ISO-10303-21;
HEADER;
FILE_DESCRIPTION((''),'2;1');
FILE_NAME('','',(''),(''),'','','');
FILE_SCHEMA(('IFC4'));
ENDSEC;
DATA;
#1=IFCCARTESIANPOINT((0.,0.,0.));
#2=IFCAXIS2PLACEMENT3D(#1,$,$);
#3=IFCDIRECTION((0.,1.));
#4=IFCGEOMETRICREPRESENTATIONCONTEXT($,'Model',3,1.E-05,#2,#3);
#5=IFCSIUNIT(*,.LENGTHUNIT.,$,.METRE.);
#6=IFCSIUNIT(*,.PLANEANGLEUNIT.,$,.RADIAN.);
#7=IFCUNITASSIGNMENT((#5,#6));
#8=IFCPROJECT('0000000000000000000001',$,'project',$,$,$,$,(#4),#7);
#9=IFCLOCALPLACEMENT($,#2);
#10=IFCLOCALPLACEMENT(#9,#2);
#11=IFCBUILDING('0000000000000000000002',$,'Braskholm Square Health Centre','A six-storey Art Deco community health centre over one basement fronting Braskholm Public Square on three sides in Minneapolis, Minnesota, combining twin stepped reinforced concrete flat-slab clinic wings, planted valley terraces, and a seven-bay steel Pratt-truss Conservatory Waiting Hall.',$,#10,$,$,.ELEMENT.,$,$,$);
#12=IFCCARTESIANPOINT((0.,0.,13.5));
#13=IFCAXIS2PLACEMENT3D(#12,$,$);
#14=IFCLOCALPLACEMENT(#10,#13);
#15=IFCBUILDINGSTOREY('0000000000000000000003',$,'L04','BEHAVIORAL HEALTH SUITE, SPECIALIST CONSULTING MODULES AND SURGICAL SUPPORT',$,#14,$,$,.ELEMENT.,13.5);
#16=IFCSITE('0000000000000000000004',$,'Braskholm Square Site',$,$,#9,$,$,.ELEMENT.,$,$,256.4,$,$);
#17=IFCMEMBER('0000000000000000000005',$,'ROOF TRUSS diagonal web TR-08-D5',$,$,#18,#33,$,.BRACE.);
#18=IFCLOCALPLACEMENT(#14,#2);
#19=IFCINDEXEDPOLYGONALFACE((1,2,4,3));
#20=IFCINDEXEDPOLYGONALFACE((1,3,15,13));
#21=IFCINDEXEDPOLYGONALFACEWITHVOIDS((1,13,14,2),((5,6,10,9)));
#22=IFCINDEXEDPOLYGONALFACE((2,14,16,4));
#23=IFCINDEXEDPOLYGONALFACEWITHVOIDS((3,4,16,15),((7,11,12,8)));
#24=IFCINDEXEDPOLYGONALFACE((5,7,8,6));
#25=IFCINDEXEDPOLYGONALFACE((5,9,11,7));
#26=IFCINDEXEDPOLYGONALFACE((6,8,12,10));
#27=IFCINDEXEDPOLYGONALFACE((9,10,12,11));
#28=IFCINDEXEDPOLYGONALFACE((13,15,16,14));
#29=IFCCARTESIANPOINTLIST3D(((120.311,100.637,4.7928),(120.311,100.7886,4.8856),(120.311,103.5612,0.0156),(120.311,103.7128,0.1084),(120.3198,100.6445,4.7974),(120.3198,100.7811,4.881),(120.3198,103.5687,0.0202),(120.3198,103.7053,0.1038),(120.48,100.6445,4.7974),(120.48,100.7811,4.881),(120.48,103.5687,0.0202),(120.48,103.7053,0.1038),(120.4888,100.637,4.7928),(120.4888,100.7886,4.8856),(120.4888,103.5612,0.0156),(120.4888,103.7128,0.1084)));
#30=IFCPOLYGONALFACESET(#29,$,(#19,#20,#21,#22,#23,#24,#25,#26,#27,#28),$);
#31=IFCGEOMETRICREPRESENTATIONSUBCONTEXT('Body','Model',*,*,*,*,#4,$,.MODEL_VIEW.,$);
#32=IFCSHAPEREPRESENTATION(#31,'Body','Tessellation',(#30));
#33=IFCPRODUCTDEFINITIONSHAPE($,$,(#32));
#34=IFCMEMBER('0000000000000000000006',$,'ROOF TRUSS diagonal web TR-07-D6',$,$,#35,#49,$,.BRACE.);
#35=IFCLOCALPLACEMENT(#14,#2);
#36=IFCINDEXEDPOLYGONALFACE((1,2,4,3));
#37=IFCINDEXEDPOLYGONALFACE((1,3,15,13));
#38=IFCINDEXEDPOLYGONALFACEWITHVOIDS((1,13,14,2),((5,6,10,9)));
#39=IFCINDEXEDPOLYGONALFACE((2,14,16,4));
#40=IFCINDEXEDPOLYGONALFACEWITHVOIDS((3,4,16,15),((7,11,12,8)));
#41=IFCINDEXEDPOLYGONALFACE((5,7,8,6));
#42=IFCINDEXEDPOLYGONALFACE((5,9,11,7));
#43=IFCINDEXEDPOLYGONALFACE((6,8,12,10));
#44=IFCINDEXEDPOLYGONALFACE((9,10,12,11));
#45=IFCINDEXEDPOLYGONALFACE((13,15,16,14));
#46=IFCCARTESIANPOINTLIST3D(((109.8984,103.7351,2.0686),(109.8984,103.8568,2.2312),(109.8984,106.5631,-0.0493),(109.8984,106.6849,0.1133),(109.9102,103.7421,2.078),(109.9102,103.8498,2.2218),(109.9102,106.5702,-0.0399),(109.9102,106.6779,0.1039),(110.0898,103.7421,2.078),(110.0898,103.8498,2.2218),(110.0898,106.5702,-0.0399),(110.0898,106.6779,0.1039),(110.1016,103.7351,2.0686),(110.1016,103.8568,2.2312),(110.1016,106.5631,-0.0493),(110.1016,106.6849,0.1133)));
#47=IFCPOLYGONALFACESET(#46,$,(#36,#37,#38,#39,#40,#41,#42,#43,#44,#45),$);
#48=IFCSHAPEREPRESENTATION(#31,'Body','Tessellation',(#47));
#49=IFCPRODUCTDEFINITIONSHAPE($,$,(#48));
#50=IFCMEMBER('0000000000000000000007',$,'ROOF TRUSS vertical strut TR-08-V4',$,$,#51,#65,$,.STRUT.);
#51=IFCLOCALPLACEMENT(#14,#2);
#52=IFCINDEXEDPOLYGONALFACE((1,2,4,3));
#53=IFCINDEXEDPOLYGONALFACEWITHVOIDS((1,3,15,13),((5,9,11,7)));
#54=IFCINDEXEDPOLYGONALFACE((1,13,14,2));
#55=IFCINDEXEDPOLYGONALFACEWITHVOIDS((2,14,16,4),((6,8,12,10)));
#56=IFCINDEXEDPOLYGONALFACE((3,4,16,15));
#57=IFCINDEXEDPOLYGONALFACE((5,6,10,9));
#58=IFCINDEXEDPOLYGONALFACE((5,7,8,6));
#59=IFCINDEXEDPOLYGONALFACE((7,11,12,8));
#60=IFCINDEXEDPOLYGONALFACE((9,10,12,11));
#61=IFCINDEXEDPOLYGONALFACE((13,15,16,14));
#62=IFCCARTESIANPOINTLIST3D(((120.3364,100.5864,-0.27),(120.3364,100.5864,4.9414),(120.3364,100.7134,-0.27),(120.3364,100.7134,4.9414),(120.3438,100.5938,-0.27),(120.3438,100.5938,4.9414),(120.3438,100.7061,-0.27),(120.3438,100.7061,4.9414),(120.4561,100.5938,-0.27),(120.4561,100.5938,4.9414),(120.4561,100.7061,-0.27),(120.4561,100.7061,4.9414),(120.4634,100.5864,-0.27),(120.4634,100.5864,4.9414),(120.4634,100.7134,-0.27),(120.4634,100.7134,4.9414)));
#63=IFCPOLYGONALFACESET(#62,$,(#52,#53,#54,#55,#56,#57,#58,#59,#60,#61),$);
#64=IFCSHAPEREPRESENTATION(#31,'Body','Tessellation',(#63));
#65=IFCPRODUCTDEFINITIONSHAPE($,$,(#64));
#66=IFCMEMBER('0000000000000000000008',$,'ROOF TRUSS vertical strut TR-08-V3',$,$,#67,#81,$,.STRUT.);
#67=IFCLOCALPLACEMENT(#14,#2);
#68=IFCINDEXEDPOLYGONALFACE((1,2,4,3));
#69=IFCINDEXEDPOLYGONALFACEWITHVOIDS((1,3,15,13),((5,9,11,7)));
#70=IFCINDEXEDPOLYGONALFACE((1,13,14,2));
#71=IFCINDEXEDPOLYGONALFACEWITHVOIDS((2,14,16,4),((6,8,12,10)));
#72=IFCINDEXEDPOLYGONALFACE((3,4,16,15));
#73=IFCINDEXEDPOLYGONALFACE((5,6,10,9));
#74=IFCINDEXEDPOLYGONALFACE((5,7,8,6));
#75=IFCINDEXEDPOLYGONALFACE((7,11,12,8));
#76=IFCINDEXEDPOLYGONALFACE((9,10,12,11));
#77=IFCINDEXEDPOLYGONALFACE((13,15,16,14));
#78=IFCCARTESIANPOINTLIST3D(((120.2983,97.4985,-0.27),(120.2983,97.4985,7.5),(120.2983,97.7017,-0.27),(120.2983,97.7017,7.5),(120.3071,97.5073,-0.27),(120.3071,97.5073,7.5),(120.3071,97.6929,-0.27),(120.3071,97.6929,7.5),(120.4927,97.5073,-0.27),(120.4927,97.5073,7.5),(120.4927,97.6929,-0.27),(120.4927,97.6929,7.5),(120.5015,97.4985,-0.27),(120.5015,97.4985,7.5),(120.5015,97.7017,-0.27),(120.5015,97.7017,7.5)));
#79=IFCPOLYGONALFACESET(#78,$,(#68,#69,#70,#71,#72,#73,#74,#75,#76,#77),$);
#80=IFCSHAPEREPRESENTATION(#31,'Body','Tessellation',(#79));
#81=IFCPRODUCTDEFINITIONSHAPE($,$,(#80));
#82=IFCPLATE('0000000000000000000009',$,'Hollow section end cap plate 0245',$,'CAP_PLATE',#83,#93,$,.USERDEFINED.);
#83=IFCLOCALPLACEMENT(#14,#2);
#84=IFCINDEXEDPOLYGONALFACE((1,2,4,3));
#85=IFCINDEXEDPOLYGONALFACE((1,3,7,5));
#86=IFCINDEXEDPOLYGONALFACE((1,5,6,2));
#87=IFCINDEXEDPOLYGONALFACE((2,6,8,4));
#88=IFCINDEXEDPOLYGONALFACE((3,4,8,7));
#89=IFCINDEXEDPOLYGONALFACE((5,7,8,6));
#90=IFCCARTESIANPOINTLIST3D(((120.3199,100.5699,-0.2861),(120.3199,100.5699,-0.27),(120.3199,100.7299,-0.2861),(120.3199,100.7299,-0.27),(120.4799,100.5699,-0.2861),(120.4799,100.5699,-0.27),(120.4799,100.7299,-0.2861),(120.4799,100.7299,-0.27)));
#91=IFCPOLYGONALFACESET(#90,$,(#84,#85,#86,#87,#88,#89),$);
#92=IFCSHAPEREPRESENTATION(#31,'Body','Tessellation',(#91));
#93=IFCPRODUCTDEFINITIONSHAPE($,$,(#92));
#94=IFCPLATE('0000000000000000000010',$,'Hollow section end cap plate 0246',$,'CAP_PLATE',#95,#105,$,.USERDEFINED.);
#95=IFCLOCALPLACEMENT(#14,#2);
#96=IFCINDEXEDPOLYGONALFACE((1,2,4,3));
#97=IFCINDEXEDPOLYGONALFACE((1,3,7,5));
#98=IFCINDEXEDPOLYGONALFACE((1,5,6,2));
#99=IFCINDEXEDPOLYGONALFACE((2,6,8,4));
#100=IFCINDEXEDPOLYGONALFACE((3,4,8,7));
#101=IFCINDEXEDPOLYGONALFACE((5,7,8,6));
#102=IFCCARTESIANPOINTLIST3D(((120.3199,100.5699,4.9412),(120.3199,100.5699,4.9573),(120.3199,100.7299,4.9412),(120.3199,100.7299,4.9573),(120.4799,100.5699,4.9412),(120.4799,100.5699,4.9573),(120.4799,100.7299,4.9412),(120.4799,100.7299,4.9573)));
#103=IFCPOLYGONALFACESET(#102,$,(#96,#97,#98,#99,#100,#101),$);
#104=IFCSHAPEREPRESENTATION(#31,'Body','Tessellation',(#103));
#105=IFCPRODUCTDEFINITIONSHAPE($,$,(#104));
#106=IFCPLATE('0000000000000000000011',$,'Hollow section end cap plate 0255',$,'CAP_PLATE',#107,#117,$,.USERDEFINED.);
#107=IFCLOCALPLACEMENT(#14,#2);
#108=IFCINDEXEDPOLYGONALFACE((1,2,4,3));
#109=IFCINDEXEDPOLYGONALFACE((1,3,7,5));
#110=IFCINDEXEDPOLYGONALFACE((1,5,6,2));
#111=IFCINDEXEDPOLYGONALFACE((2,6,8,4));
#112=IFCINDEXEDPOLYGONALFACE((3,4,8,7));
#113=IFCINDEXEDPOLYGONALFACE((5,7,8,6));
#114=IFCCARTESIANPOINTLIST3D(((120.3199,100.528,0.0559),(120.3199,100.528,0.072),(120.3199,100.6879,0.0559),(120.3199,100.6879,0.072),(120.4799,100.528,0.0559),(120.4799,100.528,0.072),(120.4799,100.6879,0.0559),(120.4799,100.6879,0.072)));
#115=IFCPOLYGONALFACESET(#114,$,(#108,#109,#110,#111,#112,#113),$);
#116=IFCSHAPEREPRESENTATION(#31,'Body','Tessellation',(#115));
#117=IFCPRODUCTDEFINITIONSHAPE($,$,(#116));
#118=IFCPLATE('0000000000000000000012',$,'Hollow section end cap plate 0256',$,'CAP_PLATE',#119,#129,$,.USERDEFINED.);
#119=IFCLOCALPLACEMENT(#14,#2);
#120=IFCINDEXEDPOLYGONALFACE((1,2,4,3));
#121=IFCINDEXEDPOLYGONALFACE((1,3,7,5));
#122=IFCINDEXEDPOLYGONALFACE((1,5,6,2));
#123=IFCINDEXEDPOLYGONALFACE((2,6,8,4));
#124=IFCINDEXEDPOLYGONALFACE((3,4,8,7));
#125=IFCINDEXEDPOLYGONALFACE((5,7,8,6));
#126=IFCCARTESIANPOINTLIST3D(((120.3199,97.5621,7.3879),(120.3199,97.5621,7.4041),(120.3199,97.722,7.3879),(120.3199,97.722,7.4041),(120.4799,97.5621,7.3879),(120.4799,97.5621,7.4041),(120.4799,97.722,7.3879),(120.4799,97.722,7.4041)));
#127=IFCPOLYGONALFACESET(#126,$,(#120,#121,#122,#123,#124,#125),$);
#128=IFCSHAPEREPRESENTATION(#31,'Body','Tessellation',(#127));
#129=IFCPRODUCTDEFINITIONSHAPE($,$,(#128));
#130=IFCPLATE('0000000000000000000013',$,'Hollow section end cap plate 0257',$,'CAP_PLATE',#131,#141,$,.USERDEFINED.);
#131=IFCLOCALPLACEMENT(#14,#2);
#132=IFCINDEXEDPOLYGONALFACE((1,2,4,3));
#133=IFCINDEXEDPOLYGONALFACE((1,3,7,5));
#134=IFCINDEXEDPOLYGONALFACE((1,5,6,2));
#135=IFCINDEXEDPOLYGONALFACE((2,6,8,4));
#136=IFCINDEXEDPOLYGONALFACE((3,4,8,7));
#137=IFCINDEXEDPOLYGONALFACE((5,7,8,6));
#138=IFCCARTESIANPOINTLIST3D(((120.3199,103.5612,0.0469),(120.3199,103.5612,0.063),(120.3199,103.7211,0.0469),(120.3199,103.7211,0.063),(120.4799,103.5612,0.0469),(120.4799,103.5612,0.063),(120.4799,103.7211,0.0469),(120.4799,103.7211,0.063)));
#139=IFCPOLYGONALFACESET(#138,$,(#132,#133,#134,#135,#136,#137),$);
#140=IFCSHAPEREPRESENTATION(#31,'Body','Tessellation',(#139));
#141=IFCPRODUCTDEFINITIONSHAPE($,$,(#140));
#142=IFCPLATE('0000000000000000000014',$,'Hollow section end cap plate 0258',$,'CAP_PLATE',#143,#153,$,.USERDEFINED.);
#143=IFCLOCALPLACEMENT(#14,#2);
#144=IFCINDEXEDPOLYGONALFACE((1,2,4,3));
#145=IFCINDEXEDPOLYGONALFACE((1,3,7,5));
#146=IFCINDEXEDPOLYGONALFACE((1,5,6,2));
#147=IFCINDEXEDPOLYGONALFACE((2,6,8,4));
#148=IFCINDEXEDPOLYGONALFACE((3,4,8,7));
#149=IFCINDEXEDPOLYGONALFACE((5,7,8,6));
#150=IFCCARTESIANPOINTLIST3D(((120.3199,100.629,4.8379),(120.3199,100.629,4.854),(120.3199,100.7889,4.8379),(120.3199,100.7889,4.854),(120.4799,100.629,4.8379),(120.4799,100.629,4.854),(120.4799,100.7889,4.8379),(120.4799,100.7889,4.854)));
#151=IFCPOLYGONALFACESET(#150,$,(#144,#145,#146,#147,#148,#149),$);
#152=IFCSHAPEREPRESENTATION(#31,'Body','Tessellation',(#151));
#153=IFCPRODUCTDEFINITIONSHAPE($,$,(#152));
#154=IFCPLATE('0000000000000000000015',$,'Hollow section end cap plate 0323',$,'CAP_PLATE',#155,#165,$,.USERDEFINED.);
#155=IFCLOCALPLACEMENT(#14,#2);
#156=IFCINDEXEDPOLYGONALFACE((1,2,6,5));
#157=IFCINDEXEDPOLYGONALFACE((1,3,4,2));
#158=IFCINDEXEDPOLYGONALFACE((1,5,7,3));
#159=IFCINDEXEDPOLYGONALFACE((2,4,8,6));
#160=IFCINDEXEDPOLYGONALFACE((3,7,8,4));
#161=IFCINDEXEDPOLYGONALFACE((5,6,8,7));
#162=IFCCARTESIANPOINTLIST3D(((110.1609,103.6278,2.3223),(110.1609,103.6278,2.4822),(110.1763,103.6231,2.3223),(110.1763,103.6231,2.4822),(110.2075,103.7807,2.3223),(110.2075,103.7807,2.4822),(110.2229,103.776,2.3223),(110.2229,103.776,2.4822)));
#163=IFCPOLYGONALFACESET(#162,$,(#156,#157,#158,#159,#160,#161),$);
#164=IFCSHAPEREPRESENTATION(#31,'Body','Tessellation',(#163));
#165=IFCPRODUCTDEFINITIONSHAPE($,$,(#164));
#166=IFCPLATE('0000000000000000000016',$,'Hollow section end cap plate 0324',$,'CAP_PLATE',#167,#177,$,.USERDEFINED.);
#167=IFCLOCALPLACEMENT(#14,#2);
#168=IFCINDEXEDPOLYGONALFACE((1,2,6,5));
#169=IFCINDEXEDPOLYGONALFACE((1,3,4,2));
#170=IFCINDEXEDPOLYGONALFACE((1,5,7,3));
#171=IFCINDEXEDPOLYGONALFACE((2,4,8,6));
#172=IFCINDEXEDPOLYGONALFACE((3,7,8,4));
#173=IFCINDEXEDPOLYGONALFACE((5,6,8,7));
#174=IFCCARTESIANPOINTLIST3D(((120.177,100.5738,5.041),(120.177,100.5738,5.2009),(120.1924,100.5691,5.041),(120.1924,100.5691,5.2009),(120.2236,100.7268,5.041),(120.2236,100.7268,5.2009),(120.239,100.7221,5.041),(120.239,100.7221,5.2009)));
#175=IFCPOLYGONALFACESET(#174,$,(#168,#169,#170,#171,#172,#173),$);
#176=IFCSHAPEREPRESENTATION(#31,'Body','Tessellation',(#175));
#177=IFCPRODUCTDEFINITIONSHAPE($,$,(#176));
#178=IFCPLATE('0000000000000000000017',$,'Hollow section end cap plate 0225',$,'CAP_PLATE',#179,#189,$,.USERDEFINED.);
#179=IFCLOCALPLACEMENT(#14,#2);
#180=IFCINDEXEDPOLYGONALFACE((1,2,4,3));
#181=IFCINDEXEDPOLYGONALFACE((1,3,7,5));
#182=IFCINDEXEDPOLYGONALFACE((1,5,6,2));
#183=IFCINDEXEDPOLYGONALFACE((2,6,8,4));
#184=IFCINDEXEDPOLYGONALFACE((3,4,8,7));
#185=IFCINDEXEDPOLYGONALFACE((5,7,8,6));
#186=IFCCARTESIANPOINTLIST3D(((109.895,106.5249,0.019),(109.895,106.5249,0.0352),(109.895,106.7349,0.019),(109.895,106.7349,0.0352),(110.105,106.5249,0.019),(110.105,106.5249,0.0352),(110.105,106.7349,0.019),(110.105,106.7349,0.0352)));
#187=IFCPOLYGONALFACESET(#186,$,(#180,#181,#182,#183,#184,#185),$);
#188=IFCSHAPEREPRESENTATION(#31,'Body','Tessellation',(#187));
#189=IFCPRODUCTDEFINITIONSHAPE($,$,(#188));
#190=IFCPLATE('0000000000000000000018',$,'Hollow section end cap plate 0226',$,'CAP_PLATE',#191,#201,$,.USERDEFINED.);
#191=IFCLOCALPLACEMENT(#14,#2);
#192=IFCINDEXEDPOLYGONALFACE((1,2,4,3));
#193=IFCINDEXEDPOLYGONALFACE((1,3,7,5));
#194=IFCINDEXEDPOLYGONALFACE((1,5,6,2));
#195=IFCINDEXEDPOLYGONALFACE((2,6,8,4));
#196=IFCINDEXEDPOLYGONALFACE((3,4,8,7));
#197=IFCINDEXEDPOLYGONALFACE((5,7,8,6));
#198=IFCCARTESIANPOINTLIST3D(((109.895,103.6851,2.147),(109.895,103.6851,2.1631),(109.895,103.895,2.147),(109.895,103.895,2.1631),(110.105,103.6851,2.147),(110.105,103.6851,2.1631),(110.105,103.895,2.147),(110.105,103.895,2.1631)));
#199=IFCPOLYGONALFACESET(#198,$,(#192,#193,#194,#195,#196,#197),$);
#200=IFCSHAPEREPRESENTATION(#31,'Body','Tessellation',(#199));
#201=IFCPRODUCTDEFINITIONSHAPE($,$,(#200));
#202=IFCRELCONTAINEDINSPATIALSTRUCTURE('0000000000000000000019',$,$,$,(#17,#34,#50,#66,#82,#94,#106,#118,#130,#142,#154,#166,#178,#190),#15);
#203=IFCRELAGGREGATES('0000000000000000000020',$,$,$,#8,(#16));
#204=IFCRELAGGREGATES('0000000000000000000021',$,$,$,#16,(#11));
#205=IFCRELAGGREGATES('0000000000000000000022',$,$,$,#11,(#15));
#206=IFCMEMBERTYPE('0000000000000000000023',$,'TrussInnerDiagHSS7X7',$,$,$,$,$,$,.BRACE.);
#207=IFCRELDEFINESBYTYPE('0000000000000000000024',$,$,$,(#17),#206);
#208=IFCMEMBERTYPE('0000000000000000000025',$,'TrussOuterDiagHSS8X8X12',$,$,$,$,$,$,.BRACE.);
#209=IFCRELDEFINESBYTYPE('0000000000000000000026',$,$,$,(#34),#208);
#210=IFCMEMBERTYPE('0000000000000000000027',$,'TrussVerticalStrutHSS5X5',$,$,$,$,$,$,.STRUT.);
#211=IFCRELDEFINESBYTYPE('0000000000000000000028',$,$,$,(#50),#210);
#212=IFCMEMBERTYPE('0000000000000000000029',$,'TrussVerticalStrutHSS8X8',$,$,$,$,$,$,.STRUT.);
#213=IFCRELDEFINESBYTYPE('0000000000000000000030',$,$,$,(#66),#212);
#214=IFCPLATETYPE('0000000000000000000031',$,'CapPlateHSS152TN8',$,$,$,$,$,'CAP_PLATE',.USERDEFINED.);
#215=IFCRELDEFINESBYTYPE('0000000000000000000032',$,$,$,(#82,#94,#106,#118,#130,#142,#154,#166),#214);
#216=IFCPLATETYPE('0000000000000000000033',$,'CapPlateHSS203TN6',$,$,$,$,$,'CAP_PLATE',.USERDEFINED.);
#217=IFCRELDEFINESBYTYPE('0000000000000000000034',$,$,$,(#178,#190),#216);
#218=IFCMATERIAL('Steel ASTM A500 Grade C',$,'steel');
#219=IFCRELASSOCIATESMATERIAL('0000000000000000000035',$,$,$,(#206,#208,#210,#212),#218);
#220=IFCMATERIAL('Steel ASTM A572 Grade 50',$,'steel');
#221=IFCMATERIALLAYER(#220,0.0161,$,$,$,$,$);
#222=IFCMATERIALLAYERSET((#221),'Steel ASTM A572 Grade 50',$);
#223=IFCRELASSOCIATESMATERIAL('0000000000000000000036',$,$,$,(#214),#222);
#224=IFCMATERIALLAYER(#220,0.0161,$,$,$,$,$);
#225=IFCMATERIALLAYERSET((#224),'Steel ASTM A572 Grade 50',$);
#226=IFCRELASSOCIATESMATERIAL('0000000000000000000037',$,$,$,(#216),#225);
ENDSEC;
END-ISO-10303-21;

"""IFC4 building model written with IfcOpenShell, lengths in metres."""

from ifc_helpers import new_model, si_unit, direction, frame, origin, origin_2d, place, context, subcontext, project, spatial, rectangle, hollow_rectangle, extrude, material, layer, layer_set, material_profile, profile_set, type_object, element, save


model = new_model("IFC4")

# Units and contexts
model_context = context("Model", 3, precision=1e-05, world=origin(), true_north=direction((0.0, 1.0)))
body_context = subcontext(model_context, "Body", "Model", "MODEL_VIEW")
ifc_project = project(units=[si_unit("LENGTHUNIT", "METRE"), si_unit("PLANEANGLEUNIT", "RADIAN")], contexts=[model_context])

# Site, building, storey
site_placement = place(None, origin())
site = spatial("IfcSite", under=ifc_project, at=site_placement, Name="Braskholm Square Site", CompositionType="ELEMENT", RefElevation=256.4)
building_placement = place(site_placement, origin())
building = spatial("IfcBuilding", under=site, at=building_placement, Name="Braskholm Square Health Centre", Description="A six-storey Art Deco community health centre over one basement fronting Braskholm Public Square on three sides in Minneapolis, Minnesota, combining twin stepped reinforced concrete flat-slab clinic wings, planted valley terraces, and a seven-bay steel Pratt-truss Conservatory Waiting Hall.", CompositionType="ELEMENT")
storey_placement = place(building_placement, frame((0.0, 0.0, 13.5)))
storey = spatial("IfcBuildingStorey", under=building, at=storey_placement, Name="L04", Description="BEHAVIORAL HEALTH SUITE, SPECIALIST CONSULTING MODULES AND SURGICAL SUPPORT", CompositionType="ELEMENT", Elevation=13.5)

# Shared definitions
ifc_material_1 = material(Name="Steel ASTM A500 Grade C", Category="steel")

# Members
ifc_material_profile_1 = material_profile(ifc_material_1, hollow_rectangle(XDim=0.1777, YDim=0.1777, WallThickness=0.0088, at=origin_2d()), Name="HSS7X7X3/8")
ifc_profile_set_1 = profile_set([ifc_material_profile_1], Name="Steel ASTM A500 Grade C")
member_type_1 = type_object("IfcMemberType", Name="TrussInnerDiagHSS7X7", PredefinedType="BRACE", material=ifc_profile_set_1)
member_1_placement = place(storey_placement, frame((120.3999, 103.637, 0.062), z_axis=(0.0, -0.522065, 0.852906), x_axis=(1.0, 0.0, 0.0)))
element("IfcMember", 1, at=member_1_placement, inside=storey, type_object=member_type_1, Name="ROOF TRUSS diagonal web TR-08-D5", PredefinedType="BRACE", context=body_context, shape_type="SweptSolid", body=[
    extrude(hollow_rectangle(XDim=0.1777, YDim=0.1777, WallThickness=0.0088, at=origin_2d()), origin(), (0.0, 0.0, 1.0), 5.6011),
])
ifc_material_profile_2 = material_profile(ifc_material_1, hollow_rectangle(XDim=0.2031, YDim=0.2031, WallThickness=0.0117, at=origin_2d()), Name="HSS8X8X1/2")
ifc_profile_set_2 = profile_set([ifc_material_profile_2], Name="Steel ASTM A500 Grade C")
member_type_2 = type_object("IfcMemberType", Name="TrussOuterDiagHSS8X8X12", PredefinedType="BRACE", material=ifc_profile_set_2)
member_2_placement = place(storey_placement, frame((110.0, 106.624, 0.032), z_axis=(0.0, -0.800431, 0.599425), x_axis=(1.0, 0.0, 0.0)))
element("IfcMember", 2, at=member_2_placement, inside=storey, type_object=member_type_2, Name="ROOF TRUSS diagonal web TR-07-D6", PredefinedType="BRACE", context=body_context, shape_type="SweptSolid", body=[
    extrude(hollow_rectangle(XDim=0.2031, YDim=0.2031, WallThickness=0.0117, at=origin_2d()), origin(), (0.0, 0.0, 1.0), 3.5332),
])
ifc_material_profile_3 = material_profile(ifc_material_1, hollow_rectangle(XDim=0.127, YDim=0.127, WallThickness=0.0073, at=origin_2d()), Name="HSS5X5X5/16")
ifc_profile_set_3 = profile_set([ifc_material_profile_3], Name="Steel ASTM A500 Grade C")
member_type_3 = type_object("IfcMemberType", Name="TrussVerticalStrutHSS5X5", PredefinedType="STRUT", material=ifc_profile_set_3)
member_3_placement = place(storey_placement, frame((120.3999, 100.6499, -0.27), z_axis=(0.0, 0.0, 1.0), x_axis=(1.0, 0.0, 0.0)))
element("IfcMember", 3, at=member_3_placement, inside=storey, type_object=member_type_3, Name="ROOF TRUSS vertical strut TR-08-V4", PredefinedType="STRUT", context=body_context, shape_type="SweptSolid", body=[
    extrude(hollow_rectangle(XDim=0.127, YDim=0.127, WallThickness=0.0073, at=origin_2d()), origin(), (0.0, 0.0, 1.0), 5.2114),
])
ifc_material_profile_4 = material_profile(ifc_material_1, hollow_rectangle(XDim=0.2031, YDim=0.2031, WallThickness=0.0088, at=origin_2d()), Name="HSS8X8X3/8")
ifc_profile_set_4 = profile_set([ifc_material_profile_4], Name="Steel ASTM A500 Grade C")
member_type_4 = type_object("IfcMemberType", Name="TrussVerticalStrutHSS8X8", PredefinedType="STRUT", material=ifc_profile_set_4)
member_4_placement = place(storey_placement, frame((120.3999, 97.6001, -0.27), z_axis=(0.0, 0.0, 1.0), x_axis=(1.0, 0.0, 0.0)))
element("IfcMember", 4, at=member_4_placement, inside=storey, type_object=member_type_4, Name="ROOF TRUSS vertical strut TR-08-V3", PredefinedType="STRUT", context=body_context, shape_type="SweptSolid", body=[
    extrude(hollow_rectangle(XDim=0.2031, YDim=0.2031, WallThickness=0.0088, at=origin_2d()), origin(), (0.0, 0.0, 1.0), 7.77),
])

# Plates
ifc_material_2 = material(Name="Steel ASTM A572 Grade 50", Category="steel")
ifc_layer_1 = layer(ifc_material_2, 0.0161)
ifc_layer_set_1 = layer_set([ifc_layer_1], Name="Steel ASTM A572 Grade 50")
plate_type_1 = type_object("IfcPlateType", Name="CapPlateHSS152TN8", ElementType="CAP_PLATE", PredefinedType="USERDEFINED", material=ifc_layer_set_1)
for number, where, z_axis, x_axis, name in (
    (5, (120.3999, 100.6499, -0.2861), (0.0, 0.0, 1.0), (1.0, 0.0, 0.0), "Hollow section end cap plate 0245"),
    (6, (120.3999, 100.6499, 4.9412), (0.0, 0.0, 1.0), (1.0, 0.0, 0.0), "Hollow section end cap plate 0246"),
    (7, (120.3999, 100.6079, 0.0559), (0.0, 0.0, 1.0), (1.0, 0.0, 0.0), "Hollow section end cap plate 0255"),
    (8, (120.3999, 97.6421, 7.3879), (0.0, 0.0, 1.0), (1.0, 0.0, 0.0), "Hollow section end cap plate 0256"),
    (9, (120.3999, 103.6411, 0.0469), (0.0, 0.0, 1.0), (1.0, 0.0, 0.0), "Hollow section end cap plate 0257"),
    (10, (120.3999, 100.709, 4.8379), (0.0, 0.0, 1.0), (1.0, 0.0, 0.0), "Hollow section end cap plate 0258"),
):
    element("IfcPlate", number, at=place(storey_placement, frame(where, z_axis=z_axis, x_axis=x_axis)), inside=storey, type_object=plate_type_1, Name=name, ObjectType="CAP_PLATE", PredefinedType="USERDEFINED", context=body_context, shape_type="SweptSolid", body=[
        extrude(rectangle(XDim=0.1599, YDim=0.1599, at=origin_2d()), origin(), (0.0, 0.0, 1.0), 0.0161),
    ])
for number, where, z_axis, x_axis, name in (
    (11, (110.1919, 103.7019, 2.3223), (0.0, 0.0, 1.0), (0.956498, -0.291737, 0.0), "Hollow section end cap plate 0323"),
    (12, (120.208, 100.6479, 5.041), (0.0, 0.0, 1.0), (0.956498, -0.291737, 0.0), "Hollow section end cap plate 0324"),
):
    element("IfcPlate", number, at=place(storey_placement, frame(where, z_axis=z_axis, x_axis=x_axis)), inside=storey, type_object=plate_type_1, Name=name, ObjectType="CAP_PLATE", PredefinedType="USERDEFINED", context=body_context, shape_type="SweptSolid", body=[
        extrude(rectangle(XDim=0.0161, YDim=0.1599, at=origin_2d()), origin(), (0.0, 0.0, 1.0), 0.1599),
    ])
ifc_layer_2 = layer(ifc_material_2, 0.0161)
ifc_layer_set_2 = layer_set([ifc_layer_2], Name="Steel ASTM A572 Grade 50")
plate_type_2 = type_object("IfcPlateType", Name="CapPlateHSS203TN6", ElementType="CAP_PLATE", PredefinedType="USERDEFINED", material=ifc_layer_set_2)
for number, where, z_axis, x_axis, name in (
    (13, (110.0, 106.6299, 0.019), (0.0, 0.0, 1.0), (1.0, 0.0, 0.0), "Hollow section end cap plate 0225"),
    (14, (110.0, 103.79, 2.147), (0.0, 0.0, 1.0), (1.0, 0.0, 0.0), "Hollow section end cap plate 0226"),
):
    element("IfcPlate", number, at=place(storey_placement, frame(where, z_axis=z_axis, x_axis=x_axis)), inside=storey, type_object=plate_type_2, Name=name, ObjectType="CAP_PLATE", PredefinedType="USERDEFINED", context=body_context, shape_type="SweptSolid", body=[
        extrude(rectangle(XDim=0.21, YDim=0.21, at=origin_2d()), origin(), (0.0, 0.0, 1.0), 0.0161),
    ])

save(model, "model.ifc")
